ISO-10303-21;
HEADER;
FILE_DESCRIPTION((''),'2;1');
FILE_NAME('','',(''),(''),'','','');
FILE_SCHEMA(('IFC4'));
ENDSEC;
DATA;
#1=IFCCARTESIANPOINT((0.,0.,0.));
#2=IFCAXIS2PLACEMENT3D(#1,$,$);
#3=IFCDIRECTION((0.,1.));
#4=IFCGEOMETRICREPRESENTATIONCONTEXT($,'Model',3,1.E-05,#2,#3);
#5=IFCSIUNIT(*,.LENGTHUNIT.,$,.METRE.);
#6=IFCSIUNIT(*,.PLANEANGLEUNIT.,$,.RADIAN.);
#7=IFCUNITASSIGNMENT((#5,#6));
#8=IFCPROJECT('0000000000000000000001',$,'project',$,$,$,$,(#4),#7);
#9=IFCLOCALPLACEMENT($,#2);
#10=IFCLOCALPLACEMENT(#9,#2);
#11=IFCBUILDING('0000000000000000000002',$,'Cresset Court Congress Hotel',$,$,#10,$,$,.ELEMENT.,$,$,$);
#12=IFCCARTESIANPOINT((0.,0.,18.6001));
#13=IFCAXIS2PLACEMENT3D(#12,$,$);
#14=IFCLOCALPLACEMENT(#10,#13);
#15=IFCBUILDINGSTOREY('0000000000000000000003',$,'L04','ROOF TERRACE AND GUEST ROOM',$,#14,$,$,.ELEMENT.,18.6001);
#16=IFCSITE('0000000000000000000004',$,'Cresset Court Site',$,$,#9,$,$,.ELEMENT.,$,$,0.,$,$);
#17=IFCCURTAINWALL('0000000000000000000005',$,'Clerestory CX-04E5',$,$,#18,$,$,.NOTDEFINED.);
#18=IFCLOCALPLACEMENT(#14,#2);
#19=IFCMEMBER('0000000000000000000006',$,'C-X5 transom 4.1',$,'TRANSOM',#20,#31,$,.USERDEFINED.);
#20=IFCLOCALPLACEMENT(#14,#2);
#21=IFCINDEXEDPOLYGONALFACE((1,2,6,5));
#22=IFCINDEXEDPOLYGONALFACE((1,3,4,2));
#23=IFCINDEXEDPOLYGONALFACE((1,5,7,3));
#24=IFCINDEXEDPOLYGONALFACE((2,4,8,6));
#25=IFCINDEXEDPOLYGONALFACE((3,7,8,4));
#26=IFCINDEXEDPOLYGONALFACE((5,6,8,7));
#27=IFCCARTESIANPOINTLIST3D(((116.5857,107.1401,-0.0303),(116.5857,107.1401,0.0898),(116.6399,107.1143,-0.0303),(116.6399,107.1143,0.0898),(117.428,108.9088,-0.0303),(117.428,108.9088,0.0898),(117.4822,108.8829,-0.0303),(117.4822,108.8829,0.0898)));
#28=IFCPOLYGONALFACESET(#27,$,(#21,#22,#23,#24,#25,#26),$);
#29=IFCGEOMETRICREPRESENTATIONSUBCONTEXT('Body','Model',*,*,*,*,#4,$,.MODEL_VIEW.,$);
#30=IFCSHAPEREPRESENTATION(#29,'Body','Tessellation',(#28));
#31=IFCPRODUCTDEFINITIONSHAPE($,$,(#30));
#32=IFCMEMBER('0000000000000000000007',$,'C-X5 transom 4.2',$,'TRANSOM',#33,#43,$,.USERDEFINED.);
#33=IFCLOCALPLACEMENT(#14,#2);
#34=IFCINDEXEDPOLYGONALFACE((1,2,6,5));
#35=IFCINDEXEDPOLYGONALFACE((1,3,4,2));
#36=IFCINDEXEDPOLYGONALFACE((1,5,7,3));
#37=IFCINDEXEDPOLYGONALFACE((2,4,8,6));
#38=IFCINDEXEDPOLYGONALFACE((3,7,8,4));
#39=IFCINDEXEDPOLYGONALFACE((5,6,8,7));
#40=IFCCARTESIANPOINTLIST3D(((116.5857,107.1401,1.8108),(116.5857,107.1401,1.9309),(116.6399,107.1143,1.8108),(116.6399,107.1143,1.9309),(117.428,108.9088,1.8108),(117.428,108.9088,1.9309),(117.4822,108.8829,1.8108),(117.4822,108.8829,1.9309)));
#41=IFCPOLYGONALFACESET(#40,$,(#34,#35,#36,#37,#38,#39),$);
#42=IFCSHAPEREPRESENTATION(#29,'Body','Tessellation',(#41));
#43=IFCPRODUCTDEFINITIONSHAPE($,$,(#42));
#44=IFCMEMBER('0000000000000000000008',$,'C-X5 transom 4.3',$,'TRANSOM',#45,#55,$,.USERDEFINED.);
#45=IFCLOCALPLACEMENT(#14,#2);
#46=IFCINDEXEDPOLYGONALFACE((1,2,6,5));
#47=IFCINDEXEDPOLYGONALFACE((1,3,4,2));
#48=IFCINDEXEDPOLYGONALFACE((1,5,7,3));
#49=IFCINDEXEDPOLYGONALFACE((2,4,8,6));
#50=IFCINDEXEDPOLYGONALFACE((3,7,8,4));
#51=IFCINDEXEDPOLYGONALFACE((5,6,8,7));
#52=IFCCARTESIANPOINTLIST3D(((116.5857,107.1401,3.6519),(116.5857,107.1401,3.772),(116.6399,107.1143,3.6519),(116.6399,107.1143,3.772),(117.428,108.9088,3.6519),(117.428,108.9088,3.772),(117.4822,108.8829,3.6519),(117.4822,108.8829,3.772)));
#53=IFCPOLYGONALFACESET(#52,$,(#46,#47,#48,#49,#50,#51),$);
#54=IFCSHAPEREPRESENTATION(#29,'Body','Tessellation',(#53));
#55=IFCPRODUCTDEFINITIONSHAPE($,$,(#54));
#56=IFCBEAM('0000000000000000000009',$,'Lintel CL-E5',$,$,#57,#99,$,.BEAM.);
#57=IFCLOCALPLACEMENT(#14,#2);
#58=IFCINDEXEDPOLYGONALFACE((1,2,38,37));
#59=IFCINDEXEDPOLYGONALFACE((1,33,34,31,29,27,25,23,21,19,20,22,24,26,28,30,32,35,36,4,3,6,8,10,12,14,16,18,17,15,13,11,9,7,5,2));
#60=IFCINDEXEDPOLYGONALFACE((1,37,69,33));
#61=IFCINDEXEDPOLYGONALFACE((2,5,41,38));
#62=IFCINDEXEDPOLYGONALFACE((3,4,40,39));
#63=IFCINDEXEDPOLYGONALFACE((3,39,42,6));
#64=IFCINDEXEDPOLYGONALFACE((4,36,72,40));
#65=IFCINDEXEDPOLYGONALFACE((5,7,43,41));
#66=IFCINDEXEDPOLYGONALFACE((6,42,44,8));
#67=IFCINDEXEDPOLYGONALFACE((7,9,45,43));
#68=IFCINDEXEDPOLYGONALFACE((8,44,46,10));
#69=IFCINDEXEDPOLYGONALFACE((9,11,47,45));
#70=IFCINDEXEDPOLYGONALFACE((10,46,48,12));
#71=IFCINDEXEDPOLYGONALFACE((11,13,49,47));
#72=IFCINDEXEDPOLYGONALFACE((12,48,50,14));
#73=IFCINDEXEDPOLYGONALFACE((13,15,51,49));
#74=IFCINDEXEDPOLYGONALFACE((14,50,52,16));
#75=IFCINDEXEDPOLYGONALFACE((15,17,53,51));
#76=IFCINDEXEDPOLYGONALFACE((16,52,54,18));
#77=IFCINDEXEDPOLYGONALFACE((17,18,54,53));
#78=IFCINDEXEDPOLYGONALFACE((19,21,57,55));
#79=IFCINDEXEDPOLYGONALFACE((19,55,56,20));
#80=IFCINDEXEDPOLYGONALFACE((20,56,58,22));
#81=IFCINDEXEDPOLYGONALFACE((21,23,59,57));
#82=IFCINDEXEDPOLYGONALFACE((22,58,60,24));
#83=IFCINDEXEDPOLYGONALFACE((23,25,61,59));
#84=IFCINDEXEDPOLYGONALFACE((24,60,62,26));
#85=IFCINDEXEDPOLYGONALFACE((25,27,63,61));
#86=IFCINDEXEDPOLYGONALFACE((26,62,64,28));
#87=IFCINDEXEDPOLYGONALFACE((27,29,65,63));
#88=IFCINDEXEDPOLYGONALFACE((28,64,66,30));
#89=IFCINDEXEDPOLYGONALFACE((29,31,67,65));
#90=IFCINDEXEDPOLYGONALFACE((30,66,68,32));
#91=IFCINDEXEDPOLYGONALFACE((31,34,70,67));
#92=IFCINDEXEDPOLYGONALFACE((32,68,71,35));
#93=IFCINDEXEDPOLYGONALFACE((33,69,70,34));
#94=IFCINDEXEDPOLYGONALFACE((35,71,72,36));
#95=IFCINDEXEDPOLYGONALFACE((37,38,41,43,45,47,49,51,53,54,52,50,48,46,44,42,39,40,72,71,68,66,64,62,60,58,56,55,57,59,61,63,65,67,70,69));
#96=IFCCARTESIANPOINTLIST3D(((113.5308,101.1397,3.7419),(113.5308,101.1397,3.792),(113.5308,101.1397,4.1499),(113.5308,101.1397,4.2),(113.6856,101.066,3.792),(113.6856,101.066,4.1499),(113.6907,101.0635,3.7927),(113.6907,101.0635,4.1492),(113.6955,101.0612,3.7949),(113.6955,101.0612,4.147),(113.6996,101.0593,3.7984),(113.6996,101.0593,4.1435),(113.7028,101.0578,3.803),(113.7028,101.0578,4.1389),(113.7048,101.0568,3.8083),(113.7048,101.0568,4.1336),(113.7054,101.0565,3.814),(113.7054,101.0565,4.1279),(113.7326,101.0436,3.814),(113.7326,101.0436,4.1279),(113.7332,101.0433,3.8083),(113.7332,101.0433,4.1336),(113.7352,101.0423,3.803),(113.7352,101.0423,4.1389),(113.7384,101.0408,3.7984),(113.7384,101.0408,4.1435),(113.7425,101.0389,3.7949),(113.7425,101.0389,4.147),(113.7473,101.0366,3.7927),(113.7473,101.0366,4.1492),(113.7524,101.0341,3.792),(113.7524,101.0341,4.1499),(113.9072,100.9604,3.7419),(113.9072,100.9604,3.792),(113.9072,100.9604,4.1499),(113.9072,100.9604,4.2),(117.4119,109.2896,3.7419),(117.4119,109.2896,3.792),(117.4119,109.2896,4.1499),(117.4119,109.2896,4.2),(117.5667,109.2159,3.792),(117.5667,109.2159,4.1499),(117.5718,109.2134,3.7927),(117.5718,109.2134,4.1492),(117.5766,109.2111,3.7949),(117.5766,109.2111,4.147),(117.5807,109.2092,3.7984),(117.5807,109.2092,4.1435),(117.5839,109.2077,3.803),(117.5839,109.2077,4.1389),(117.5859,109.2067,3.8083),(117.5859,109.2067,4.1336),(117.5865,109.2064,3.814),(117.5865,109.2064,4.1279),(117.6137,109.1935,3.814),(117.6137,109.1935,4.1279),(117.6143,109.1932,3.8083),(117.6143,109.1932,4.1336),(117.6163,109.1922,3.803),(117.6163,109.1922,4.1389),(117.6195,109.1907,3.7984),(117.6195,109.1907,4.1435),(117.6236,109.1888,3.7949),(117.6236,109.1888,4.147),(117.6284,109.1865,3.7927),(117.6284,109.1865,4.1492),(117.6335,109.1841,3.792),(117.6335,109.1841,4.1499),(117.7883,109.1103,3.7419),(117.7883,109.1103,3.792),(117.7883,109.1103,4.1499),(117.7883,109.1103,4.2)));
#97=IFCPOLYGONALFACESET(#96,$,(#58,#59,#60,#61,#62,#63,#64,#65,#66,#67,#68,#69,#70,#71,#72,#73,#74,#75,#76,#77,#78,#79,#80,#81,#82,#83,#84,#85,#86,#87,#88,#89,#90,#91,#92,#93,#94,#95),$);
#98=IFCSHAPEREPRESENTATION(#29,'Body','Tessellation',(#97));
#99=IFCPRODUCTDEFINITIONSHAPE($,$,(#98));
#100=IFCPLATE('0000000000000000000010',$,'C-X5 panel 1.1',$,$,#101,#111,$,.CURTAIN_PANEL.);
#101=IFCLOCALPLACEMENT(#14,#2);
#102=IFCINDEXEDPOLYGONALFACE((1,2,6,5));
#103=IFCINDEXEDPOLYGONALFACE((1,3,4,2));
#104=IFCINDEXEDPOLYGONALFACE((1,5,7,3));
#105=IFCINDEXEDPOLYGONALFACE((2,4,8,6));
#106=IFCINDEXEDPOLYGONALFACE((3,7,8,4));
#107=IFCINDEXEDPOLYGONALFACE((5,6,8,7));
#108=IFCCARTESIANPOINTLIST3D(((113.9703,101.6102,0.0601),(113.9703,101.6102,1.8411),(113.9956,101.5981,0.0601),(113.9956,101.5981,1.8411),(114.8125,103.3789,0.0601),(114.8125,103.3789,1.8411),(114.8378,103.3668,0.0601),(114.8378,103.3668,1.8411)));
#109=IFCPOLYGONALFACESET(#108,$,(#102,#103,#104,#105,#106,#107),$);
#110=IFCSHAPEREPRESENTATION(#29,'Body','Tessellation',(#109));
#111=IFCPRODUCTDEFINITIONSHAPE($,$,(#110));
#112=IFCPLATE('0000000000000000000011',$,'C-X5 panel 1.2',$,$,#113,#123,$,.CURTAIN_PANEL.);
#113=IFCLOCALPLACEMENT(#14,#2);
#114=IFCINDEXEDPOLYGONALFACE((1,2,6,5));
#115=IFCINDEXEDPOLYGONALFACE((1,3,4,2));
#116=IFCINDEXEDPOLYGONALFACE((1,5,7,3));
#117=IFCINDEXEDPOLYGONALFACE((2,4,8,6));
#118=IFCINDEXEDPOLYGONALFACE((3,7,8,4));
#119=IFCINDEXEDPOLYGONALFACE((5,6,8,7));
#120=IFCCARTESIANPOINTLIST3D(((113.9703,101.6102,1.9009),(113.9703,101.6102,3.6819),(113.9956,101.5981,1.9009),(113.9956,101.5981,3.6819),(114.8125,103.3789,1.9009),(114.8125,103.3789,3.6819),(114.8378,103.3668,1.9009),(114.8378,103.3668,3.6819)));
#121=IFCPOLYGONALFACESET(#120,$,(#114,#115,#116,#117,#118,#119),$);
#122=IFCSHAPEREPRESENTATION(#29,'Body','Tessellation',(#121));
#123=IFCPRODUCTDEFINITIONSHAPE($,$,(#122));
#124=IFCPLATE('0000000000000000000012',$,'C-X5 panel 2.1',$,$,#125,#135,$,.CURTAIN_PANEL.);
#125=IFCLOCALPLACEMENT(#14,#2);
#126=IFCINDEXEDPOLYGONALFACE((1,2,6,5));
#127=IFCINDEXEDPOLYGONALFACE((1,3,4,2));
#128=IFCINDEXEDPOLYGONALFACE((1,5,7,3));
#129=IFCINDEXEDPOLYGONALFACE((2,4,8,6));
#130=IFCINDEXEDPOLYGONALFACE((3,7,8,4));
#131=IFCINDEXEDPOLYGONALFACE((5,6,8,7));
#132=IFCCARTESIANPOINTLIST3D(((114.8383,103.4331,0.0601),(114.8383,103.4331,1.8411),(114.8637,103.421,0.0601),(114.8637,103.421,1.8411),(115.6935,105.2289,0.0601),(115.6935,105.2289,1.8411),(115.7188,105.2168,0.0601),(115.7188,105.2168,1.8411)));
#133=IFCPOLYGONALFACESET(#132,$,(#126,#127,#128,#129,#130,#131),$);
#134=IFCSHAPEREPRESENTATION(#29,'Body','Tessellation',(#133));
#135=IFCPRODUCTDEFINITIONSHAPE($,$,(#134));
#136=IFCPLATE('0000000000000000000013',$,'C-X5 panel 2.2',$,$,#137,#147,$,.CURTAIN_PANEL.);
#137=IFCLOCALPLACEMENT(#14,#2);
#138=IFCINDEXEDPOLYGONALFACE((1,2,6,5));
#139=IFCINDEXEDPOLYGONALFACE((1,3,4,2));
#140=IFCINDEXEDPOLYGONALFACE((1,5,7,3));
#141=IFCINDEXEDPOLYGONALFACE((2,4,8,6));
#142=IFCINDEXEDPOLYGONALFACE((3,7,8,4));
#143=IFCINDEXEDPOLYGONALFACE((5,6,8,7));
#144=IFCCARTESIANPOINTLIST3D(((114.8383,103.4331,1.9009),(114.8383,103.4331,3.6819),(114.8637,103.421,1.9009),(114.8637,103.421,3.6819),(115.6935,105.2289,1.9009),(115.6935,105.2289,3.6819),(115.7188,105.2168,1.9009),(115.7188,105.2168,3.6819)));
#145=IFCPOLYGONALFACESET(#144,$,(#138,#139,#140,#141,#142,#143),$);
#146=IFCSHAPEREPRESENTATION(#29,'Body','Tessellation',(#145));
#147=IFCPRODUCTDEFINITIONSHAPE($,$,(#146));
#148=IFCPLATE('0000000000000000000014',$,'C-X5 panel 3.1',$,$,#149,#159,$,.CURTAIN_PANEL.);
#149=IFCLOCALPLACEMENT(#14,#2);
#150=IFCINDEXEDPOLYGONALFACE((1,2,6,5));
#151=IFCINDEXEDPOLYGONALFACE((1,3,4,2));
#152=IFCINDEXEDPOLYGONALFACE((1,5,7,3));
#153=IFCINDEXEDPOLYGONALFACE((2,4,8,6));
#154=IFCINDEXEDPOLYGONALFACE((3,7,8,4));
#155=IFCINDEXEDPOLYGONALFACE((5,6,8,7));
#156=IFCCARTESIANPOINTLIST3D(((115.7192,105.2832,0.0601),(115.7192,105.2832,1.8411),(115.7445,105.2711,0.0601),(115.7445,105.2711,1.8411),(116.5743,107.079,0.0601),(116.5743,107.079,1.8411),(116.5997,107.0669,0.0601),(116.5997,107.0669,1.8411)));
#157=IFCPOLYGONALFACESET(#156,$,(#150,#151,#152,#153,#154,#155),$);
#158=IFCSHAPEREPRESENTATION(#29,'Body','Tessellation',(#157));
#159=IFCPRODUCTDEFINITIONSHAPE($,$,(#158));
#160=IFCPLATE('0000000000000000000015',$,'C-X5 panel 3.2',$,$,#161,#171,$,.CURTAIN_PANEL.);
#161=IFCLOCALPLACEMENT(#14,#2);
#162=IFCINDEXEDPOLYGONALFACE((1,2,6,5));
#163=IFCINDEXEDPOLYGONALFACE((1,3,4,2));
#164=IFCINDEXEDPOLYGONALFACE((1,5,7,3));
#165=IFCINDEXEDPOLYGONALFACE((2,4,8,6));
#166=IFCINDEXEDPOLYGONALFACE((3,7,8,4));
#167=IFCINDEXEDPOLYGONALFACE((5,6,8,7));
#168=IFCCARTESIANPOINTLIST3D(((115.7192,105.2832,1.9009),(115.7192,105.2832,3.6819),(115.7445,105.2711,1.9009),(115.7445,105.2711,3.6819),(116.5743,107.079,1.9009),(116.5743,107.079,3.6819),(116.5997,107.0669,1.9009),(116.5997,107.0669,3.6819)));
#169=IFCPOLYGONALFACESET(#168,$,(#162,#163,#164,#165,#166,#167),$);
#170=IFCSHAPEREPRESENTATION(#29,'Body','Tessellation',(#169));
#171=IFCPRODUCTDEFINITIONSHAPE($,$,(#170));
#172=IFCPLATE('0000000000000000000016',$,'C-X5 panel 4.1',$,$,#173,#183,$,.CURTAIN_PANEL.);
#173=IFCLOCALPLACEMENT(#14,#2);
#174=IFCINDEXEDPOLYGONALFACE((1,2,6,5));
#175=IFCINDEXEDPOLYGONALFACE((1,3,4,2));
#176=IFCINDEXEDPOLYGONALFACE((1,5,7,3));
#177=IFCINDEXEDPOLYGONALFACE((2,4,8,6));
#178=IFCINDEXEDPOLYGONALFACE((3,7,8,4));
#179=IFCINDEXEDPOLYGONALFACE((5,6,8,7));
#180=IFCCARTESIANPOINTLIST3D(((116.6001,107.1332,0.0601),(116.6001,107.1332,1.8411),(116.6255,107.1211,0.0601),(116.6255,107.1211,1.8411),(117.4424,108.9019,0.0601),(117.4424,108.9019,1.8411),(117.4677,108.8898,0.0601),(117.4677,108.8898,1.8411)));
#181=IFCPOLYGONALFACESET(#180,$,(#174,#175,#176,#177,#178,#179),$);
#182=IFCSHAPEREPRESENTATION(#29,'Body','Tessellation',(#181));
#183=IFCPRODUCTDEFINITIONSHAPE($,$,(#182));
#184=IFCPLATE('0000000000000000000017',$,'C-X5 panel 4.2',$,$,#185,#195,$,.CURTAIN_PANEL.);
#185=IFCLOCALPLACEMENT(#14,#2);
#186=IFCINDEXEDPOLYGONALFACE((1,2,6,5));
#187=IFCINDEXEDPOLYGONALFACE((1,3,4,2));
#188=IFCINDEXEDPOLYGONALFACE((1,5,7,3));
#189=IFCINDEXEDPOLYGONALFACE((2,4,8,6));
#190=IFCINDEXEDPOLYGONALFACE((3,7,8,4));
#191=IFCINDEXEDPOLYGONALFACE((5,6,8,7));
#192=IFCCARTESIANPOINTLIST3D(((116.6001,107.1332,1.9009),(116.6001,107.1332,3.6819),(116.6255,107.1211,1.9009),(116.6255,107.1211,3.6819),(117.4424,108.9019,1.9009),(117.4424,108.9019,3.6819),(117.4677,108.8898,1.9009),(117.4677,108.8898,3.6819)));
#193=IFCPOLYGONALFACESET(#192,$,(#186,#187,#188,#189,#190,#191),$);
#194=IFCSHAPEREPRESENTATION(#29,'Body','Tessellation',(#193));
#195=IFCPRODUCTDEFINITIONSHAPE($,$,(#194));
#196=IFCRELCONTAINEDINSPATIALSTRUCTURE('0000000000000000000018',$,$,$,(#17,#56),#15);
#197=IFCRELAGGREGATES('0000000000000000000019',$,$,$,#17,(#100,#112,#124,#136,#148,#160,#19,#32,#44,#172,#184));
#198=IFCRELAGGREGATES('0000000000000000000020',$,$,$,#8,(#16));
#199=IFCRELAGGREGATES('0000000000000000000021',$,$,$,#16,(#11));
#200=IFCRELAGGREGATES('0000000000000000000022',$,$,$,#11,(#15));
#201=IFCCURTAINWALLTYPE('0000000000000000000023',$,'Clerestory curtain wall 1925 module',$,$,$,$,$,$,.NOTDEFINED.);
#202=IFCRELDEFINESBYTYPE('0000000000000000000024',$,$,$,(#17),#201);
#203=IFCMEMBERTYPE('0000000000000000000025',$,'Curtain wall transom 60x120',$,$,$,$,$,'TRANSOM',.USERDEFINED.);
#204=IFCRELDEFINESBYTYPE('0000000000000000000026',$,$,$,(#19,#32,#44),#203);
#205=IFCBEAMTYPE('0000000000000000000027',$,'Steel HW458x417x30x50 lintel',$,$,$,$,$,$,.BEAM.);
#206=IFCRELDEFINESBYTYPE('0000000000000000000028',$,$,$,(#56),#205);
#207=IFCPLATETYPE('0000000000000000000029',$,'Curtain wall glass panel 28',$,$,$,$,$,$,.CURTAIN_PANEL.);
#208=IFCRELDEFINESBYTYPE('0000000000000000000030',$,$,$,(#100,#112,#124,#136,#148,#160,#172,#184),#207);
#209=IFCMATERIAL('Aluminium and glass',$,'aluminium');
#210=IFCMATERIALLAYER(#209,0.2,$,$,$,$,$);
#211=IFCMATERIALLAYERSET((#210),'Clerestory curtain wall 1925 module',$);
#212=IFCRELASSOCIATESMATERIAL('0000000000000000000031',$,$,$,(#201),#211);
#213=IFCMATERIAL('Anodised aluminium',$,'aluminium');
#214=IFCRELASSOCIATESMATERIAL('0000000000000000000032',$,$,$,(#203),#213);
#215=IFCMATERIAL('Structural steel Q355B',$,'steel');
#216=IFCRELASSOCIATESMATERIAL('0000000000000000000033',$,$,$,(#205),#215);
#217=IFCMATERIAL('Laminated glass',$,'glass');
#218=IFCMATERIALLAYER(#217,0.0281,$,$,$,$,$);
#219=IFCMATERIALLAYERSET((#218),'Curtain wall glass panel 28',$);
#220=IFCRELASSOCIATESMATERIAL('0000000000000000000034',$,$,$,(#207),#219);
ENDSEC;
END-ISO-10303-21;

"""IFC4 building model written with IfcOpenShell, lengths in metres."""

from ifc_helpers import new_model, si_unit, direction, frame, origin, origin_2d, place, context, subcontext, project, spatial, rectangle, i_section, extrude, material, layer, layer_set, material_profile, profile_set, type_object, element, aggregate, save


model = new_model("IFC4")

# Units and contexts
model_context = context("Model", 3, precision=1e-05, world=origin(), true_north=direction((0.0, 1.0)))
body_context = subcontext(model_context, "Body", "Model", "MODEL_VIEW")
ifc_project = project(units=[si_unit("LENGTHUNIT", "METRE"), si_unit("PLANEANGLEUNIT", "RADIAN")], contexts=[model_context])

# Site, building, storey
site_placement = place(None, origin())
site = spatial("IfcSite", under=ifc_project, at=site_placement, Name="Cresset Court Site", CompositionType="ELEMENT", RefElevation=0.0)
building_placement = place(site_placement, origin())
building = spatial("IfcBuilding", under=site, at=building_placement, Name="Cresset Court Congress Hotel", CompositionType="ELEMENT")
storey_placement = place(building_placement, frame((0.0, 0.0, 18.6001)))
storey = spatial("IfcBuildingStorey", under=building, at=storey_placement, Name="L04", Description="ROOF TERRACE AND GUEST ROOM", CompositionType="ELEMENT", Elevation=18.6001)

# Shared definitions
ifc_material_1 = material(Name="Aluminium and glass", Category="aluminium")
ifc_layer_1 = layer(ifc_material_1, 0.2)
ifc_layer_set_1 = layer_set([ifc_layer_1], Name="Clerestory curtain wall 1925 module")
curtain_wall_type = type_object("IfcCurtainWallType", Name="Clerestory curtain wall 1925 module", PredefinedType="NOTDEFINED", material=ifc_layer_set_1)

# Curtain wall, members
curtain_wall_1_placement = place(storey_placement, origin())
curtain_wall_1 = element("IfcCurtainWall", 1, at=curtain_wall_1_placement, inside=storey, type_object=curtain_wall_type, Name="Clerestory CX-04E5", PredefinedType="NOTDEFINED")
ifc_material_2 = material(Name="Anodised aluminium", Category="aluminium")
ifc_material_profile_1 = material_profile(ifc_material_2, rectangle(XDim=0.0601, YDim=0.1201, at=origin_2d()), Name="AL60x120")
ifc_profile_set_1 = profile_set([ifc_material_profile_1], Name="Anodised aluminium")
member_type_1 = type_object("IfcMemberType", Name="Curtain wall transom 60x120", ElementType="TRANSOM", PredefinedType="USERDEFINED", material=ifc_profile_set_1)
member_1_placement = place(storey_placement, frame((116.6128, 107.1272, 0.0298), z_axis=(0.429982, 0.902837, 0.0), x_axis=(-0.902837, 0.429982, 0.0)))
member_1 = element("IfcMember", 2, at=member_1_placement, type_object=member_type_1, Name="C-X5 transom 4.1", ObjectType="TRANSOM", PredefinedType="USERDEFINED", context=body_context, shape_type="SweptSolid", body=[
    extrude(rectangle(XDim=0.0601, YDim=0.1201, at=origin_2d()), origin(), (0.0, 0.0, 1.0), 1.959),
])
member_2_placement = place(storey_placement, frame((116.6128, 107.1272, 1.8708), z_axis=(0.429982, 0.902837, 0.0), x_axis=(-0.902837, 0.429982, 0.0)))
member_2 = element("IfcMember", 3, at=member_2_placement, type_object=member_type_1, Name="C-X5 transom 4.2", ObjectType="TRANSOM", PredefinedType="USERDEFINED", context=body_context, shape_type="SweptSolid", body=[
    extrude(rectangle(XDim=0.0601, YDim=0.1201, at=origin_2d()), origin(), (0.0, 0.0, 1.0), 1.959),
])
member_3_placement = place(storey_placement, frame((116.6128, 107.1272, 3.7119), z_axis=(0.429982, 0.902837, 0.0), x_axis=(-0.902837, 0.429982, 0.0)))
member_3 = element("IfcMember", 4, at=member_3_placement, type_object=member_type_1, Name="C-X5 transom 4.3", ObjectType="TRANSOM", PredefinedType="USERDEFINED", context=body_context, shape_type="SweptSolid", body=[
    extrude(rectangle(XDim=0.0601, YDim=0.1201, at=origin_2d()), origin(), (0.0, 0.0, 1.0), 1.959),
])

# Beam
ifc_material_3 = material(Name="Structural steel Q355B", Category="steel")
ifc_material_profile_2 = material_profile(ifc_material_3, i_section(OverallWidth=0.417, OverallDepth=0.458, WebThickness=0.03, FlangeThickness=0.05, FilletRadius=0.022, at=origin_2d()), Name="HW458x417x30x50")
ifc_profile_set_2 = profile_set([ifc_material_profile_2], Name="Structural steel Q355B")
beam_type = type_object("IfcBeamType", Name="Steel HW458x417x30x50 lintel", PredefinedType="BEAM", material=ifc_profile_set_2)
beam_placement = place(storey_placement, frame((113.719, 101.05, 3.9709), z_axis=(0.429951, 0.902852, 0.0), x_axis=(-0.902852, 0.429951, 0.0)))
element("IfcBeam", 5, at=beam_placement, inside=storey, type_object=beam_type, Name="Lintel CL-E5", PredefinedType="BEAM", context=body_context, shape_type="SweptSolid", body=[
    extrude(i_section(OverallWidth=0.417, OverallDepth=0.458, WebThickness=0.03, FlangeThickness=0.05, FilletRadius=0.022, at=origin_2d()), origin(), (0.0, 0.0, 1.0), 9.0269),
])

# Plates
ifc_material_4 = material(Name="Laminated glass", Category="glass")
ifc_layer_2 = layer(ifc_material_4, 0.0281)
ifc_layer_set_2 = layer_set([ifc_layer_2], Name="Curtain wall glass panel 28")
plate_type = type_object("IfcPlateType", Name="Curtain wall glass panel 28", PredefinedType="CURTAIN_PANEL", material=ifc_layer_set_2)
plate_1_placement = place(storey_placement, frame((114.4041, 102.4885, 0.0601), z_axis=(0.0, 0.0, 1.0), x_axis=(0.429934, 0.902861, 0.0)))
plate_1 = element("IfcPlate", 6, at=plate_1_placement, type_object=plate_type, Name="C-X5 panel 1.1", PredefinedType="CURTAIN_PANEL", context=body_context, shape_type="SweptSolid", body=[
    extrude(rectangle(XDim=1.959, YDim=0.0281, at=origin_2d()), origin(), (0.0, 0.0, 1.0), 1.781),
])
plate_2_placement = place(storey_placement, frame((114.4041, 102.4885, 1.9009), z_axis=(0.0, 0.0, 1.0), x_axis=(0.429934, 0.902861, 0.0)))
plate_2 = element("IfcPlate", 7, at=plate_2_placement, type_object=plate_type, Name="C-X5 panel 1.2", PredefinedType="CURTAIN_PANEL", context=body_context, shape_type="SweptSolid", body=[
    extrude(rectangle(XDim=1.959, YDim=0.0281, at=origin_2d()), origin(), (0.0, 0.0, 1.0), 1.781),
])
plate_3_placement = place(storey_placement, frame((115.2786, 104.325, 0.0601), z_axis=(0.0, 0.0, 1.0), x_axis=(0.429934, 0.902861, 0.0)))
plate_3 = element("IfcPlate", 8, at=plate_3_placement, type_object=plate_type, Name="C-X5 panel 2.1", PredefinedType="CURTAIN_PANEL", context=body_context, shape_type="SweptSolid", body=[
    extrude(rectangle(XDim=1.989, YDim=0.0281, at=origin_2d()), origin(), (0.0, 0.0, 1.0), 1.781),
])
plate_4_placement = place(storey_placement, frame((115.2786, 104.325, 1.9009), z_axis=(0.0, 0.0, 1.0), x_axis=(0.429934, 0.902861, 0.0)))
plate_4 = element("IfcPlate", 9, at=plate_4_placement, type_object=plate_type, Name="C-X5 panel 2.2", PredefinedType="CURTAIN_PANEL", context=body_context, shape_type="SweptSolid", body=[
    extrude(rectangle(XDim=1.989, YDim=0.0281, at=origin_2d()), origin(), (0.0, 0.0, 1.0), 1.781),
])
plate_5_placement = place(storey_placement, frame((116.1594, 106.175, 0.0601), z_axis=(0.0, 0.0, 1.0), x_axis=(0.429934, 0.902861, 0.0)))
plate_5 = element("IfcPlate", 10, at=plate_5_placement, type_object=plate_type, Name="C-X5 panel 3.1", PredefinedType="CURTAIN_PANEL", context=body_context, shape_type="SweptSolid", body=[
    extrude(rectangle(XDim=1.989, YDim=0.0281, at=origin_2d()), origin(), (0.0, 0.0, 1.0), 1.781),
])
plate_6_placement = place(storey_placement, frame((116.1594, 106.175, 1.9009), z_axis=(0.0, 0.0, 1.0), x_axis=(0.429934, 0.902861, 0.0)))
plate_6 = element("IfcPlate", 11, at=plate_6_placement, type_object=plate_type, Name="C-X5 panel 3.2", PredefinedType="CURTAIN_PANEL", context=body_context, shape_type="SweptSolid", body=[
    extrude(rectangle(XDim=1.989, YDim=0.0281, at=origin_2d()), origin(), (0.0, 0.0, 1.0), 1.781),
])
plate_7_placement = place(storey_placement, frame((117.0339, 108.0115, 0.0601), z_axis=(0.0, 0.0, 1.0), x_axis=(0.429934, 0.902861, 0.0)))
plate_7 = element("IfcPlate", 12, at=plate_7_placement, type_object=plate_type, Name="C-X5 panel 4.1", PredefinedType="CURTAIN_PANEL", context=body_context, shape_type="SweptSolid", body=[
    extrude(rectangle(XDim=1.959, YDim=0.0281, at=origin_2d()), origin(), (0.0, 0.0, 1.0), 1.781),
])
plate_8_placement = place(storey_placement, frame((117.0339, 108.0115, 1.9009), z_axis=(0.0, 0.0, 1.0), x_axis=(0.429934, 0.902861, 0.0)))
plate_8 = element("IfcPlate", 13, at=plate_8_placement, type_object=plate_type, Name="C-X5 panel 4.2", PredefinedType="CURTAIN_PANEL", context=body_context, shape_type="SweptSolid", body=[
    extrude(rectangle(XDim=1.959, YDim=0.0281, at=origin_2d()), origin(), (0.0, 0.0, 1.0), 1.781),
])
aggregate(curtain_wall_1, [plate_1, plate_2, plate_3, plate_4, plate_5, plate_6, member_1, member_2, member_3, plate_7, plate_8])

save(model, "model.ifc")
